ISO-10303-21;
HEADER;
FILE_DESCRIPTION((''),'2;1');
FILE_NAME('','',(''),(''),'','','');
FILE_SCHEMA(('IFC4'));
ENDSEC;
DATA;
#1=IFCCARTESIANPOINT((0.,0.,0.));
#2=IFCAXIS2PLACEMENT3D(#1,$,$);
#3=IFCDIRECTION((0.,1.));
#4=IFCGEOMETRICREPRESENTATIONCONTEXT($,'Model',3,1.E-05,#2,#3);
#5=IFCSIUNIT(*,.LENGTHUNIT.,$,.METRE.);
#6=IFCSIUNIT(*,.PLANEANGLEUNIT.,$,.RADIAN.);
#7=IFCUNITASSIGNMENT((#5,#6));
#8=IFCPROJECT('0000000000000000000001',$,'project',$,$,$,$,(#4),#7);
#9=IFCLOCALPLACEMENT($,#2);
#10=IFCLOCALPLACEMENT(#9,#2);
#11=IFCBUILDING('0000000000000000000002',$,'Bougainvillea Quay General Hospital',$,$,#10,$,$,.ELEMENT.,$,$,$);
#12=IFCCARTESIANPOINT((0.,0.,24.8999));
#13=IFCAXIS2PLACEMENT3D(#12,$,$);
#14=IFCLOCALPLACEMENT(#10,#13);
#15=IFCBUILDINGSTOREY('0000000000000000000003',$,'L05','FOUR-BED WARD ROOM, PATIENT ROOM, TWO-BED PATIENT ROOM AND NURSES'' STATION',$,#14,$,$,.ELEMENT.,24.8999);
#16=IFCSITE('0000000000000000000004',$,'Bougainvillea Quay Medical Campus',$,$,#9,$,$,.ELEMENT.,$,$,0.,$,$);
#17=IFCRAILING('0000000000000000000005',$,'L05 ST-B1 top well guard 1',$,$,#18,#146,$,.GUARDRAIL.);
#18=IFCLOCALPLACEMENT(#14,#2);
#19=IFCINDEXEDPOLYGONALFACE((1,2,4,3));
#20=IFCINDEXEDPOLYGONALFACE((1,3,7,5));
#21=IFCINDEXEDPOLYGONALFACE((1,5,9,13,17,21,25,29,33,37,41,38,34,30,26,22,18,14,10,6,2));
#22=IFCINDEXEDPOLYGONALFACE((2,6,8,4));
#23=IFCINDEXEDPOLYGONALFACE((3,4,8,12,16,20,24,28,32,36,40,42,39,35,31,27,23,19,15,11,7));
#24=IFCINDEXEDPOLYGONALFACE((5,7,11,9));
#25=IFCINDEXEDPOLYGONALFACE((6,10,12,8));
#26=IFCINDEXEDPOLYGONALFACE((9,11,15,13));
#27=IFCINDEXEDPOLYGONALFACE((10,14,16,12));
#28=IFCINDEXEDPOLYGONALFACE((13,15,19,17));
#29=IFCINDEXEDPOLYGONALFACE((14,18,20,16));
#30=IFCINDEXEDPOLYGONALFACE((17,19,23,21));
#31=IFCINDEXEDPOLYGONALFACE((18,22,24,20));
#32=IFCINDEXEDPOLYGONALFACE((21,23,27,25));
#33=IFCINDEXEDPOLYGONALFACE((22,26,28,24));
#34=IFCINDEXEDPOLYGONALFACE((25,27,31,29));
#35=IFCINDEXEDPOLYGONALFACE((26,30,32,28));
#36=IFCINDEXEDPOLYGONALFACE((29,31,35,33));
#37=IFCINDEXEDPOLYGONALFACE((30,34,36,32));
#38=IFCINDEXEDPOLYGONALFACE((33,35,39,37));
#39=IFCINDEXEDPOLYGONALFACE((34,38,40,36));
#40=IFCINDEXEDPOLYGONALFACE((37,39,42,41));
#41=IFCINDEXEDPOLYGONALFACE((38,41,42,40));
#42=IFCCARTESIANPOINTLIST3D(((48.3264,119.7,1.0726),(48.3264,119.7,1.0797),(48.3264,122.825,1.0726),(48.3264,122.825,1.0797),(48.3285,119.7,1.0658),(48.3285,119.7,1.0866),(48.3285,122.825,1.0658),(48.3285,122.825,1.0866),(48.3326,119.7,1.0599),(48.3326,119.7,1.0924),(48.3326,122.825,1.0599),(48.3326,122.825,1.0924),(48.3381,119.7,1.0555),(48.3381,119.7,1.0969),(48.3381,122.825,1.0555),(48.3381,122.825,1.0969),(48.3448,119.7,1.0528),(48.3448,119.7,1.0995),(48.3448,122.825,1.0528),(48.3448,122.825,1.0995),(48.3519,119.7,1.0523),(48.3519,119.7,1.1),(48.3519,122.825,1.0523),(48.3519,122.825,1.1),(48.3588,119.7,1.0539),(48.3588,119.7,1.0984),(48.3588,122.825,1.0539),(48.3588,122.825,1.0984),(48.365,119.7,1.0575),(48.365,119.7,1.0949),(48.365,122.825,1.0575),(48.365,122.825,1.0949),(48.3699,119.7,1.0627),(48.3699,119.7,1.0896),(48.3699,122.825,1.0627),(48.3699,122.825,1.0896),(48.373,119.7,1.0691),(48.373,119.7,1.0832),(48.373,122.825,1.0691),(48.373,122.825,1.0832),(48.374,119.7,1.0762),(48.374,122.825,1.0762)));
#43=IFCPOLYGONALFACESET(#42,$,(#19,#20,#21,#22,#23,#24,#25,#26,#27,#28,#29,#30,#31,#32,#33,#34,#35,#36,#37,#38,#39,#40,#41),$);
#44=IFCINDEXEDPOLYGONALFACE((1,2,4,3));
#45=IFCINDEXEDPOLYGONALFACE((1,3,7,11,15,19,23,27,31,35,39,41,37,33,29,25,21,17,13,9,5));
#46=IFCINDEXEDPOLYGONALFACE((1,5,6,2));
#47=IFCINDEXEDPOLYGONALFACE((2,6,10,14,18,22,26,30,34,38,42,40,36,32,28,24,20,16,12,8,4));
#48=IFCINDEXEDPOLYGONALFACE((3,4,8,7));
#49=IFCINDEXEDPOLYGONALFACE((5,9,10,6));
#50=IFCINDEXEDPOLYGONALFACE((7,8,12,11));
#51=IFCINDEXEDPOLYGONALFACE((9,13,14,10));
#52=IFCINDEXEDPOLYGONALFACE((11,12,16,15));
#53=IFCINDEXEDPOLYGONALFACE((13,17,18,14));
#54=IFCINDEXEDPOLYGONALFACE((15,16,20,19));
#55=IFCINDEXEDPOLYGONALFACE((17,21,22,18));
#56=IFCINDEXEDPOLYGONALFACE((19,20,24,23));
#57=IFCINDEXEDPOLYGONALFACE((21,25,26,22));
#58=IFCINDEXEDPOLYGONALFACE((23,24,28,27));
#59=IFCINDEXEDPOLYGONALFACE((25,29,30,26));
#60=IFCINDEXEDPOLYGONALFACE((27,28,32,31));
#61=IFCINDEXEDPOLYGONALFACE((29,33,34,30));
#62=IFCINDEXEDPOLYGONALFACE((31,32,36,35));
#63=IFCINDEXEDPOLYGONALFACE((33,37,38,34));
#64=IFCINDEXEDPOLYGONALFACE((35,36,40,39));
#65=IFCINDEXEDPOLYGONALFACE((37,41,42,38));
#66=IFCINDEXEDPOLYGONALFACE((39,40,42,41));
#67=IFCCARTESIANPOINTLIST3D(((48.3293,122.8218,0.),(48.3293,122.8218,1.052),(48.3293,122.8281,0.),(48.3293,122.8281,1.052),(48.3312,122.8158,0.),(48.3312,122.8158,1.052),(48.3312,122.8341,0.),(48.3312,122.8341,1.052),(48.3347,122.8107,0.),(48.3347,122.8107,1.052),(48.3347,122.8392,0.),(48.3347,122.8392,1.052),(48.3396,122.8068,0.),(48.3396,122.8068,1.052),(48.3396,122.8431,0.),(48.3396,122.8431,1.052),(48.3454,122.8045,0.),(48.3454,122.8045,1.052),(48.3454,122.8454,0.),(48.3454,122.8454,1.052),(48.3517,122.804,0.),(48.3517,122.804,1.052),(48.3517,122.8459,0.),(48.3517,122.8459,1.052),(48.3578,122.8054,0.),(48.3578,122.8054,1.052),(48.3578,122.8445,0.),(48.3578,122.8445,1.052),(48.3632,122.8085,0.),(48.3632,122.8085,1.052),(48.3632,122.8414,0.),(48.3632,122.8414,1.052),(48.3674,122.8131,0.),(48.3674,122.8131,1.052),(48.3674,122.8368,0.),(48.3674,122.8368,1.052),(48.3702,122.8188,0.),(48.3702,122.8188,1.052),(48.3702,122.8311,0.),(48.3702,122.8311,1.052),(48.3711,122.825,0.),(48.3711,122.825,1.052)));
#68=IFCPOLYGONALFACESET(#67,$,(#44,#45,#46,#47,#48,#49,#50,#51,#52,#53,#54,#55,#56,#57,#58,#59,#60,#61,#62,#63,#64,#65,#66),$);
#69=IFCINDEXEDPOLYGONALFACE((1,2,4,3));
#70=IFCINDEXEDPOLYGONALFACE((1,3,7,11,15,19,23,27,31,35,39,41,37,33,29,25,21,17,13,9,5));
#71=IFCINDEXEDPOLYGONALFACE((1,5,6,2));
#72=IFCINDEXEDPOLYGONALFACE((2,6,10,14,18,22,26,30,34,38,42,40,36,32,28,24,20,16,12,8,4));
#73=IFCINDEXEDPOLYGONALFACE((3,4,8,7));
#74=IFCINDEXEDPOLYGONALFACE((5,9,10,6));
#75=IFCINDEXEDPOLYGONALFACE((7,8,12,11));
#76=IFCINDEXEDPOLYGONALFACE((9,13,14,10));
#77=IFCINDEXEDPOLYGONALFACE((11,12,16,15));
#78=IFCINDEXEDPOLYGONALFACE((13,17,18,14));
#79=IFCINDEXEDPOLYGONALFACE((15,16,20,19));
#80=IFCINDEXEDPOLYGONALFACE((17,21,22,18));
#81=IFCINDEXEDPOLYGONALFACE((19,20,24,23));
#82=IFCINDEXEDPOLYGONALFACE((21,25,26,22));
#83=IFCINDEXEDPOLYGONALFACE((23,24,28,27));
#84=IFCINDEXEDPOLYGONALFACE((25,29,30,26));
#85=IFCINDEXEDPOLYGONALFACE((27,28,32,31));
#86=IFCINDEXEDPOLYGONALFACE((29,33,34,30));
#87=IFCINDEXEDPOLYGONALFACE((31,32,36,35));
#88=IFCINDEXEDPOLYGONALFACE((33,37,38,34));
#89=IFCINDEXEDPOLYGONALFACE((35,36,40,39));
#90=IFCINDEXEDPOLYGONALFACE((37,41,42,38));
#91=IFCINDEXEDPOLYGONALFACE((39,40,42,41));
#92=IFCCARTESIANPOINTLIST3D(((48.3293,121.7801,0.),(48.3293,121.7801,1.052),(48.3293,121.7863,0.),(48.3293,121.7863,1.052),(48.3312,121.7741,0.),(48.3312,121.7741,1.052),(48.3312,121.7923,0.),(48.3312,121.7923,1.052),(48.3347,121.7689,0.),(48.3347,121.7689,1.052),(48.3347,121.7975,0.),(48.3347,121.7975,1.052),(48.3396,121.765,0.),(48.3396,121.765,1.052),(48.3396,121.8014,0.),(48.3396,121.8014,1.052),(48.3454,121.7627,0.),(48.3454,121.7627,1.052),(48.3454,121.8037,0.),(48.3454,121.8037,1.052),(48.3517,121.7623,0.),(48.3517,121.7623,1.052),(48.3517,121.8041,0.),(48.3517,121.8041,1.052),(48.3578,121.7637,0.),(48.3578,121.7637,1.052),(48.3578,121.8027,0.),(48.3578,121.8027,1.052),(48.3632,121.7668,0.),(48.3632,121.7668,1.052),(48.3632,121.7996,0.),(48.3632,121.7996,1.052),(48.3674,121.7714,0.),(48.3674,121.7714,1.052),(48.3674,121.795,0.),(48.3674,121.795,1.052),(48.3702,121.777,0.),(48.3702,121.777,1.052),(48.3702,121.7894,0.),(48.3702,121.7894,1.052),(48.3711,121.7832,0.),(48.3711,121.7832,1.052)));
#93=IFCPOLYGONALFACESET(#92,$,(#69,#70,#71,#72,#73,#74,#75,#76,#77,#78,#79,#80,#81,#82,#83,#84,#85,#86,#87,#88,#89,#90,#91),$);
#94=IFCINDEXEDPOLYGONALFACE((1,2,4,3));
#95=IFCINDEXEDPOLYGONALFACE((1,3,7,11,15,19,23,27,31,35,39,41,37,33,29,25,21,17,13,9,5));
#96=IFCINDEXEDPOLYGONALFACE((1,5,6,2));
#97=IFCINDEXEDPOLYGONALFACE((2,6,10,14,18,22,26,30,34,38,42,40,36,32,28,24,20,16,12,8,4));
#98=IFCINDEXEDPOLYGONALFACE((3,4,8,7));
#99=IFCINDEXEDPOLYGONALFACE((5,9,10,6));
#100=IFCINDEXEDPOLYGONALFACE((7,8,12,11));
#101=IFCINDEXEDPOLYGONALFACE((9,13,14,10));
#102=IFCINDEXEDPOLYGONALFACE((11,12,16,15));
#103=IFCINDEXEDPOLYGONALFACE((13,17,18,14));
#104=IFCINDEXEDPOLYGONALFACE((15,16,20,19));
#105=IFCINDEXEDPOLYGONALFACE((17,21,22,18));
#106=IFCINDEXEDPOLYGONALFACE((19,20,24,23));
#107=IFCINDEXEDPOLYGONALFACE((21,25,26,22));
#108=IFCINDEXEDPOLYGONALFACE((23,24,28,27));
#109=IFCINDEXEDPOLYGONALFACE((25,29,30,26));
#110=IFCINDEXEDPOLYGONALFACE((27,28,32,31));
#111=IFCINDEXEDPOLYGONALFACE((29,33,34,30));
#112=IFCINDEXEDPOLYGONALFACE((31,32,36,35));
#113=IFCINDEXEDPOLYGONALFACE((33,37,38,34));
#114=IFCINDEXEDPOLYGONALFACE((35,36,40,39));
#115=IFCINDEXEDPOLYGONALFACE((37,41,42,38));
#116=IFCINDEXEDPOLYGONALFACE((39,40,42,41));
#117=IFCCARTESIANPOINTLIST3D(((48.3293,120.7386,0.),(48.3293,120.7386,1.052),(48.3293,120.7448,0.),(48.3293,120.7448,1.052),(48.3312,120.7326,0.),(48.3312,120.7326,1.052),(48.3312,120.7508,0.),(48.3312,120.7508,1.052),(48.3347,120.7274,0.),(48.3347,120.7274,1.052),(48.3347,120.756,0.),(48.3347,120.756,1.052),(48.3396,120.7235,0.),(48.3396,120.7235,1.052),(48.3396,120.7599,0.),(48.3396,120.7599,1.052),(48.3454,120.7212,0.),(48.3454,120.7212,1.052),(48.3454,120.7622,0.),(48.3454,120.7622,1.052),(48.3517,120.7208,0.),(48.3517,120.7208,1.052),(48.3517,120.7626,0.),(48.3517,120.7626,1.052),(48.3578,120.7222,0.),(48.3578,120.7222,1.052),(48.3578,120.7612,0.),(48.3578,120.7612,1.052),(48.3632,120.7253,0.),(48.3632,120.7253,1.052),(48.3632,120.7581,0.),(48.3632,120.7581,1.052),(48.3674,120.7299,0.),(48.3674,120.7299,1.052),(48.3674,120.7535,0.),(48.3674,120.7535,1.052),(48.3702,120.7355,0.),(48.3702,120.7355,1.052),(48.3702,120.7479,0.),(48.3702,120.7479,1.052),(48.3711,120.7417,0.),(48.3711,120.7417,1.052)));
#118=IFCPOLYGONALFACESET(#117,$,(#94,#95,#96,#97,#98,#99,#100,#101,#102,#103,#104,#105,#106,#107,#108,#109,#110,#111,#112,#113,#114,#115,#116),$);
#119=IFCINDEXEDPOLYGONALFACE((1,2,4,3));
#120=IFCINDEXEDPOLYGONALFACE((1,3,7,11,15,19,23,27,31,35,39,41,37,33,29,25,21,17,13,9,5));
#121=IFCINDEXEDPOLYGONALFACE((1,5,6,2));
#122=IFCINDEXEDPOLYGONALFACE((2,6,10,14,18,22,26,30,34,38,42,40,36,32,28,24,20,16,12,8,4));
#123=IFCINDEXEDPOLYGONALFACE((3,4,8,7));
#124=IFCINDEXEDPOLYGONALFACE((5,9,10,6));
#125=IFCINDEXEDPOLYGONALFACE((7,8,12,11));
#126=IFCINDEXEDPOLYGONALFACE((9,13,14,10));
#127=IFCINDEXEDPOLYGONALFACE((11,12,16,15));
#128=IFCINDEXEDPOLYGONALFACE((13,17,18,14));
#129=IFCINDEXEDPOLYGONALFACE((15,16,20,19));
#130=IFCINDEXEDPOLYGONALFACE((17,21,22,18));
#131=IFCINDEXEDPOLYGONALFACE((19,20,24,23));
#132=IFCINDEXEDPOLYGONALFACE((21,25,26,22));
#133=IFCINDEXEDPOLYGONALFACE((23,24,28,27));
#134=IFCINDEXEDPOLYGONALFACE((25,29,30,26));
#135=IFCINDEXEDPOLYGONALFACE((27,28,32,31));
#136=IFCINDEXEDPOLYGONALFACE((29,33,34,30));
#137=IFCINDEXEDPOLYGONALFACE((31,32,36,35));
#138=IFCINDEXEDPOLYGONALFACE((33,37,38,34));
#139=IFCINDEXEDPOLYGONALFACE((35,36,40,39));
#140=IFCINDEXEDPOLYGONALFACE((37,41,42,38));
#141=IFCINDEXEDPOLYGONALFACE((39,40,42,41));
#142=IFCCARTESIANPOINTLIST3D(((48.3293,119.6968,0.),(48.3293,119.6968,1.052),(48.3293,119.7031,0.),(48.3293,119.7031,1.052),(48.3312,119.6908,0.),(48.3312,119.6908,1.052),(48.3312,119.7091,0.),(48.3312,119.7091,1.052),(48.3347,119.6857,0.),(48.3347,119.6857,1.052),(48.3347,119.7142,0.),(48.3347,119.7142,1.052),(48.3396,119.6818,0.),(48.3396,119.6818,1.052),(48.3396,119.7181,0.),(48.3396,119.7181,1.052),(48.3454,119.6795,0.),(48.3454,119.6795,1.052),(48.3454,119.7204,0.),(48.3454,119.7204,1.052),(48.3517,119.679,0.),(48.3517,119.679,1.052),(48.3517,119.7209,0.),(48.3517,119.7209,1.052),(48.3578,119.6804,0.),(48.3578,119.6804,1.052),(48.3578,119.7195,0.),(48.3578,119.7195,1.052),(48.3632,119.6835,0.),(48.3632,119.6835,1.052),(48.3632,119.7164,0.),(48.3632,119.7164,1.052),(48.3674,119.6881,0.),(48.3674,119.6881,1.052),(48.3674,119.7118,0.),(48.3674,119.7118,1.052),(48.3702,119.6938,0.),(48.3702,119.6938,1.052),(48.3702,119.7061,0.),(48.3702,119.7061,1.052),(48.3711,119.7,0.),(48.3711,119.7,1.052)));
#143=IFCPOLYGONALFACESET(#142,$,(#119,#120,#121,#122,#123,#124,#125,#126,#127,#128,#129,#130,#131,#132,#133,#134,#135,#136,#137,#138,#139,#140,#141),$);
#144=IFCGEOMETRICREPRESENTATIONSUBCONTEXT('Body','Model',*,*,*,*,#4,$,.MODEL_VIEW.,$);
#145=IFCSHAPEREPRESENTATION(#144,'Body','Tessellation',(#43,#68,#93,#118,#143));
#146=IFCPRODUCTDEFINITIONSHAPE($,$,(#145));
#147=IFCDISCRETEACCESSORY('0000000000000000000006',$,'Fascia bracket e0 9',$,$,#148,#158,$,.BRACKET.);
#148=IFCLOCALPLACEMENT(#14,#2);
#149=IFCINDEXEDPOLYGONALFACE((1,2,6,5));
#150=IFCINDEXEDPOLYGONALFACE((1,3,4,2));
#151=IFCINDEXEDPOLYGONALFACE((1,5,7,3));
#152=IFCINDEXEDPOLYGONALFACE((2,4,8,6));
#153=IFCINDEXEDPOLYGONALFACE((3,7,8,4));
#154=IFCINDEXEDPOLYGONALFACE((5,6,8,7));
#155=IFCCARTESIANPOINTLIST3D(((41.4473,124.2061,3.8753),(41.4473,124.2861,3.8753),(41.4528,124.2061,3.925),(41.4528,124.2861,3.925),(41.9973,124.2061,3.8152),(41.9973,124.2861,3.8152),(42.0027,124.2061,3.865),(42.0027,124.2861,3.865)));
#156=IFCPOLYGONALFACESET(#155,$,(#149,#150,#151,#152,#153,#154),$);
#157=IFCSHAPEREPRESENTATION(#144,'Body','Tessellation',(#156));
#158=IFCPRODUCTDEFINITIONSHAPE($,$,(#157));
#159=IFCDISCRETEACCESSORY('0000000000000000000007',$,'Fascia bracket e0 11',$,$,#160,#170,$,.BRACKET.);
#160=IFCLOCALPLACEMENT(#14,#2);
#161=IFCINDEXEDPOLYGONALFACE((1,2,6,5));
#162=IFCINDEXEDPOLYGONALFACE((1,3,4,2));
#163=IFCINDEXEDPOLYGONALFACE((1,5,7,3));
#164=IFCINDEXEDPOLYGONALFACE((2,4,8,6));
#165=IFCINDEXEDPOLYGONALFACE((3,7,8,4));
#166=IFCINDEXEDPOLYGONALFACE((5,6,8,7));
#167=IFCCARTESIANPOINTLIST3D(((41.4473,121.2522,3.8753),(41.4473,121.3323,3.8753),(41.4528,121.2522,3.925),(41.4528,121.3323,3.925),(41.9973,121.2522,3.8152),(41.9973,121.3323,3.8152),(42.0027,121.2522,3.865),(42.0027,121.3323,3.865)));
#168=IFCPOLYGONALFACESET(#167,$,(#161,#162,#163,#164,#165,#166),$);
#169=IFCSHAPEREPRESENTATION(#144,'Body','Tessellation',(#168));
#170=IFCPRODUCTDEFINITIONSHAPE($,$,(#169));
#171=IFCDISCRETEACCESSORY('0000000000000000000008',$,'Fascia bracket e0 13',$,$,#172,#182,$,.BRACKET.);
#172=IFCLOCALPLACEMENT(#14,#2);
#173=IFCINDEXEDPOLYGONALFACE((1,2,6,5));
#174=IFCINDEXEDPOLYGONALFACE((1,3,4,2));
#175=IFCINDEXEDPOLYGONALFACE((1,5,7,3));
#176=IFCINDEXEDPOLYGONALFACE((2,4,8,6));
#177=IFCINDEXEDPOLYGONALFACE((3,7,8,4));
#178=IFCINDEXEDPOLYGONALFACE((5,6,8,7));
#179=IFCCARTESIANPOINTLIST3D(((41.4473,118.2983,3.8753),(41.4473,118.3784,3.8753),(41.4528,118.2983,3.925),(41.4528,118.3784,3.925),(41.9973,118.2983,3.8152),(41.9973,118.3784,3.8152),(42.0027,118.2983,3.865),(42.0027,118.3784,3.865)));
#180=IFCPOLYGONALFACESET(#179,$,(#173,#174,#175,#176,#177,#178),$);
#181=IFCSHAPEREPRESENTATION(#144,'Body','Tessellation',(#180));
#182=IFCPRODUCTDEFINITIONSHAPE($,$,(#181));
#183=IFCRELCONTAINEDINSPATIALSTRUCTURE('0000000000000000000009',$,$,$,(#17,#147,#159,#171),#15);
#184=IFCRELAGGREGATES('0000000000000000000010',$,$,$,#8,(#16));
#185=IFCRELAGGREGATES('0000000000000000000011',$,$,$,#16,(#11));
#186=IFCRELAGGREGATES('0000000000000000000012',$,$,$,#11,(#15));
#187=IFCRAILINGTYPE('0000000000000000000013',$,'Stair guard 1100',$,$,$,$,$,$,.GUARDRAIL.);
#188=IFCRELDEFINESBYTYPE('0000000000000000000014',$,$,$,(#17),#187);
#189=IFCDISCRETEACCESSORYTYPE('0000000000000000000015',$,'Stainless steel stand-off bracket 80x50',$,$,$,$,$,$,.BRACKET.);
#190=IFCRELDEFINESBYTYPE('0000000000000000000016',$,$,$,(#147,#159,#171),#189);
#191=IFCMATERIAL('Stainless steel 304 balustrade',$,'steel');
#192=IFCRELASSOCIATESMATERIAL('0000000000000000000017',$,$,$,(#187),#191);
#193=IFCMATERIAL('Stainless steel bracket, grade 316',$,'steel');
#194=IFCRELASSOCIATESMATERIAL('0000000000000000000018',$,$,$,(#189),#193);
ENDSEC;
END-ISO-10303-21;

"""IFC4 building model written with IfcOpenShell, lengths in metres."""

from ifc_helpers import new_model, si_unit, direction, frame, origin, origin_2d, place, context, subcontext, project, spatial, rectangle, circle, extrude, material, material_profile, profile_set, type_object, element, save


model = new_model("IFC4")

# Units and contexts
model_context = context("Model", 3, precision=1e-05, world=origin(), true_north=direction((0.0, 1.0)))
body_context = subcontext(model_context, "Body", "Model", "MODEL_VIEW")
ifc_project = project(units=[si_unit("LENGTHUNIT", "METRE"), si_unit("PLANEANGLEUNIT", "RADIAN")], contexts=[model_context])

# Site, building, storey
site_placement = place(None, origin())
site = spatial("IfcSite", under=ifc_project, at=site_placement, Name="Bougainvillea Quay Medical Campus", CompositionType="ELEMENT", RefElevation=0.0)
building_placement = place(site_placement, origin())
building = spatial("IfcBuilding", under=site, at=building_placement, Name="Bougainvillea Quay General Hospital", CompositionType="ELEMENT")
storey_placement = place(building_placement, frame((0.0, 0.0, 24.8999)))
storey = spatial("IfcBuildingStorey", under=building, at=storey_placement, Name="L05", Description="FOUR-BED WARD ROOM, PATIENT ROOM, TWO-BED PATIENT ROOM AND NURSES' STATION", CompositionType="ELEMENT", Elevation=24.8999)

# Railing
ifc_material_1 = material(Name="Stainless steel 304 balustrade", Category="steel")
railing_type = type_object("IfcRailingType", Name="Stair guard 1100", PredefinedType="GUARDRAIL", material=ifc_material_1)
railing_placement = place(storey_placement, frame((48.3501, 122.825, 0.0)))
element("IfcRailing", 1, at=railing_placement, inside=storey, type_object=railing_type, Name="L05 ST-B1 top well guard 1", PredefinedType="GUARDRAIL", context=body_context, shape_type="SweptSolid", body=[
    extrude(circle(Radius=0.0239, at=origin_2d()), frame((0.0, 0.0, 1.0762), z_axis=(0.0, -1.0, 0.0), x_axis=(1.0, 0.0, 0.0)), (0.0, 0.0, 1.0), 3.125),
    extrude(circle(Radius=0.021, at=origin_2d()), origin(), (0.0, 0.0, 1.0), 1.052),
    extrude(circle(Radius=0.021, at=origin_2d()), frame((0.0, -1.0417, 0.0)), (0.0, 0.0, 1.0), 1.052),
    extrude(circle(Radius=0.021, at=origin_2d()), frame((0.0, -2.0833, 0.0)), (0.0, 0.0, 1.0), 1.052),
    extrude(circle(Radius=0.021, at=origin_2d()), frame((0.0, -3.125, 0.0)), (0.0, 0.0, 1.0), 1.052),
])

# Discrete accessories
ifc_material_2 = material(Name="Stainless steel bracket, grade 316", Category="steel")
ifc_material_profile_1 = material_profile(ifc_material_2, rectangle(XDim=0.0801, YDim=0.05, at=origin_2d()))
ifc_profile_set_1 = profile_set([ifc_material_profile_1], Name="Stainless steel bracket, grade 316")
discrete_accessory_type = type_object("IfcDiscreteAccessoryType", Name="Stainless steel stand-off bracket 80x50", PredefinedType="BRACKET", material=ifc_profile_set_1)
for number, where, z_axis, x_axis, name in (
    (2, (42.0, 124.2461, 3.8401), (-0.994092, 0.0, 0.108543), (0.0, -1.0, 0.0), "Fascia bracket e0 9"),
    (3, (42.0, 121.2922, 3.8401), (-0.994092, 0.0, 0.108543), (0.0, -1.0, 0.0), "Fascia bracket e0 11"),
    (4, (42.0, 118.3384, 3.8401), (-0.994092, 0.0, 0.108543), (0.0, -1.0, 0.0), "Fascia bracket e0 13"),
):
    element("IfcDiscreteAccessory", number, at=place(storey_placement, frame(where, z_axis=z_axis, x_axis=x_axis)), inside=storey, type_object=discrete_accessory_type, Name=name, PredefinedType="BRACKET", context=body_context, shape_type="SweptSolid", body=[
        extrude(rectangle(XDim=0.0801, YDim=0.05, at=origin_2d()), origin(), (0.0, 0.0, 1.0), 0.5532),
    ])

save(model, "model.ifc")
